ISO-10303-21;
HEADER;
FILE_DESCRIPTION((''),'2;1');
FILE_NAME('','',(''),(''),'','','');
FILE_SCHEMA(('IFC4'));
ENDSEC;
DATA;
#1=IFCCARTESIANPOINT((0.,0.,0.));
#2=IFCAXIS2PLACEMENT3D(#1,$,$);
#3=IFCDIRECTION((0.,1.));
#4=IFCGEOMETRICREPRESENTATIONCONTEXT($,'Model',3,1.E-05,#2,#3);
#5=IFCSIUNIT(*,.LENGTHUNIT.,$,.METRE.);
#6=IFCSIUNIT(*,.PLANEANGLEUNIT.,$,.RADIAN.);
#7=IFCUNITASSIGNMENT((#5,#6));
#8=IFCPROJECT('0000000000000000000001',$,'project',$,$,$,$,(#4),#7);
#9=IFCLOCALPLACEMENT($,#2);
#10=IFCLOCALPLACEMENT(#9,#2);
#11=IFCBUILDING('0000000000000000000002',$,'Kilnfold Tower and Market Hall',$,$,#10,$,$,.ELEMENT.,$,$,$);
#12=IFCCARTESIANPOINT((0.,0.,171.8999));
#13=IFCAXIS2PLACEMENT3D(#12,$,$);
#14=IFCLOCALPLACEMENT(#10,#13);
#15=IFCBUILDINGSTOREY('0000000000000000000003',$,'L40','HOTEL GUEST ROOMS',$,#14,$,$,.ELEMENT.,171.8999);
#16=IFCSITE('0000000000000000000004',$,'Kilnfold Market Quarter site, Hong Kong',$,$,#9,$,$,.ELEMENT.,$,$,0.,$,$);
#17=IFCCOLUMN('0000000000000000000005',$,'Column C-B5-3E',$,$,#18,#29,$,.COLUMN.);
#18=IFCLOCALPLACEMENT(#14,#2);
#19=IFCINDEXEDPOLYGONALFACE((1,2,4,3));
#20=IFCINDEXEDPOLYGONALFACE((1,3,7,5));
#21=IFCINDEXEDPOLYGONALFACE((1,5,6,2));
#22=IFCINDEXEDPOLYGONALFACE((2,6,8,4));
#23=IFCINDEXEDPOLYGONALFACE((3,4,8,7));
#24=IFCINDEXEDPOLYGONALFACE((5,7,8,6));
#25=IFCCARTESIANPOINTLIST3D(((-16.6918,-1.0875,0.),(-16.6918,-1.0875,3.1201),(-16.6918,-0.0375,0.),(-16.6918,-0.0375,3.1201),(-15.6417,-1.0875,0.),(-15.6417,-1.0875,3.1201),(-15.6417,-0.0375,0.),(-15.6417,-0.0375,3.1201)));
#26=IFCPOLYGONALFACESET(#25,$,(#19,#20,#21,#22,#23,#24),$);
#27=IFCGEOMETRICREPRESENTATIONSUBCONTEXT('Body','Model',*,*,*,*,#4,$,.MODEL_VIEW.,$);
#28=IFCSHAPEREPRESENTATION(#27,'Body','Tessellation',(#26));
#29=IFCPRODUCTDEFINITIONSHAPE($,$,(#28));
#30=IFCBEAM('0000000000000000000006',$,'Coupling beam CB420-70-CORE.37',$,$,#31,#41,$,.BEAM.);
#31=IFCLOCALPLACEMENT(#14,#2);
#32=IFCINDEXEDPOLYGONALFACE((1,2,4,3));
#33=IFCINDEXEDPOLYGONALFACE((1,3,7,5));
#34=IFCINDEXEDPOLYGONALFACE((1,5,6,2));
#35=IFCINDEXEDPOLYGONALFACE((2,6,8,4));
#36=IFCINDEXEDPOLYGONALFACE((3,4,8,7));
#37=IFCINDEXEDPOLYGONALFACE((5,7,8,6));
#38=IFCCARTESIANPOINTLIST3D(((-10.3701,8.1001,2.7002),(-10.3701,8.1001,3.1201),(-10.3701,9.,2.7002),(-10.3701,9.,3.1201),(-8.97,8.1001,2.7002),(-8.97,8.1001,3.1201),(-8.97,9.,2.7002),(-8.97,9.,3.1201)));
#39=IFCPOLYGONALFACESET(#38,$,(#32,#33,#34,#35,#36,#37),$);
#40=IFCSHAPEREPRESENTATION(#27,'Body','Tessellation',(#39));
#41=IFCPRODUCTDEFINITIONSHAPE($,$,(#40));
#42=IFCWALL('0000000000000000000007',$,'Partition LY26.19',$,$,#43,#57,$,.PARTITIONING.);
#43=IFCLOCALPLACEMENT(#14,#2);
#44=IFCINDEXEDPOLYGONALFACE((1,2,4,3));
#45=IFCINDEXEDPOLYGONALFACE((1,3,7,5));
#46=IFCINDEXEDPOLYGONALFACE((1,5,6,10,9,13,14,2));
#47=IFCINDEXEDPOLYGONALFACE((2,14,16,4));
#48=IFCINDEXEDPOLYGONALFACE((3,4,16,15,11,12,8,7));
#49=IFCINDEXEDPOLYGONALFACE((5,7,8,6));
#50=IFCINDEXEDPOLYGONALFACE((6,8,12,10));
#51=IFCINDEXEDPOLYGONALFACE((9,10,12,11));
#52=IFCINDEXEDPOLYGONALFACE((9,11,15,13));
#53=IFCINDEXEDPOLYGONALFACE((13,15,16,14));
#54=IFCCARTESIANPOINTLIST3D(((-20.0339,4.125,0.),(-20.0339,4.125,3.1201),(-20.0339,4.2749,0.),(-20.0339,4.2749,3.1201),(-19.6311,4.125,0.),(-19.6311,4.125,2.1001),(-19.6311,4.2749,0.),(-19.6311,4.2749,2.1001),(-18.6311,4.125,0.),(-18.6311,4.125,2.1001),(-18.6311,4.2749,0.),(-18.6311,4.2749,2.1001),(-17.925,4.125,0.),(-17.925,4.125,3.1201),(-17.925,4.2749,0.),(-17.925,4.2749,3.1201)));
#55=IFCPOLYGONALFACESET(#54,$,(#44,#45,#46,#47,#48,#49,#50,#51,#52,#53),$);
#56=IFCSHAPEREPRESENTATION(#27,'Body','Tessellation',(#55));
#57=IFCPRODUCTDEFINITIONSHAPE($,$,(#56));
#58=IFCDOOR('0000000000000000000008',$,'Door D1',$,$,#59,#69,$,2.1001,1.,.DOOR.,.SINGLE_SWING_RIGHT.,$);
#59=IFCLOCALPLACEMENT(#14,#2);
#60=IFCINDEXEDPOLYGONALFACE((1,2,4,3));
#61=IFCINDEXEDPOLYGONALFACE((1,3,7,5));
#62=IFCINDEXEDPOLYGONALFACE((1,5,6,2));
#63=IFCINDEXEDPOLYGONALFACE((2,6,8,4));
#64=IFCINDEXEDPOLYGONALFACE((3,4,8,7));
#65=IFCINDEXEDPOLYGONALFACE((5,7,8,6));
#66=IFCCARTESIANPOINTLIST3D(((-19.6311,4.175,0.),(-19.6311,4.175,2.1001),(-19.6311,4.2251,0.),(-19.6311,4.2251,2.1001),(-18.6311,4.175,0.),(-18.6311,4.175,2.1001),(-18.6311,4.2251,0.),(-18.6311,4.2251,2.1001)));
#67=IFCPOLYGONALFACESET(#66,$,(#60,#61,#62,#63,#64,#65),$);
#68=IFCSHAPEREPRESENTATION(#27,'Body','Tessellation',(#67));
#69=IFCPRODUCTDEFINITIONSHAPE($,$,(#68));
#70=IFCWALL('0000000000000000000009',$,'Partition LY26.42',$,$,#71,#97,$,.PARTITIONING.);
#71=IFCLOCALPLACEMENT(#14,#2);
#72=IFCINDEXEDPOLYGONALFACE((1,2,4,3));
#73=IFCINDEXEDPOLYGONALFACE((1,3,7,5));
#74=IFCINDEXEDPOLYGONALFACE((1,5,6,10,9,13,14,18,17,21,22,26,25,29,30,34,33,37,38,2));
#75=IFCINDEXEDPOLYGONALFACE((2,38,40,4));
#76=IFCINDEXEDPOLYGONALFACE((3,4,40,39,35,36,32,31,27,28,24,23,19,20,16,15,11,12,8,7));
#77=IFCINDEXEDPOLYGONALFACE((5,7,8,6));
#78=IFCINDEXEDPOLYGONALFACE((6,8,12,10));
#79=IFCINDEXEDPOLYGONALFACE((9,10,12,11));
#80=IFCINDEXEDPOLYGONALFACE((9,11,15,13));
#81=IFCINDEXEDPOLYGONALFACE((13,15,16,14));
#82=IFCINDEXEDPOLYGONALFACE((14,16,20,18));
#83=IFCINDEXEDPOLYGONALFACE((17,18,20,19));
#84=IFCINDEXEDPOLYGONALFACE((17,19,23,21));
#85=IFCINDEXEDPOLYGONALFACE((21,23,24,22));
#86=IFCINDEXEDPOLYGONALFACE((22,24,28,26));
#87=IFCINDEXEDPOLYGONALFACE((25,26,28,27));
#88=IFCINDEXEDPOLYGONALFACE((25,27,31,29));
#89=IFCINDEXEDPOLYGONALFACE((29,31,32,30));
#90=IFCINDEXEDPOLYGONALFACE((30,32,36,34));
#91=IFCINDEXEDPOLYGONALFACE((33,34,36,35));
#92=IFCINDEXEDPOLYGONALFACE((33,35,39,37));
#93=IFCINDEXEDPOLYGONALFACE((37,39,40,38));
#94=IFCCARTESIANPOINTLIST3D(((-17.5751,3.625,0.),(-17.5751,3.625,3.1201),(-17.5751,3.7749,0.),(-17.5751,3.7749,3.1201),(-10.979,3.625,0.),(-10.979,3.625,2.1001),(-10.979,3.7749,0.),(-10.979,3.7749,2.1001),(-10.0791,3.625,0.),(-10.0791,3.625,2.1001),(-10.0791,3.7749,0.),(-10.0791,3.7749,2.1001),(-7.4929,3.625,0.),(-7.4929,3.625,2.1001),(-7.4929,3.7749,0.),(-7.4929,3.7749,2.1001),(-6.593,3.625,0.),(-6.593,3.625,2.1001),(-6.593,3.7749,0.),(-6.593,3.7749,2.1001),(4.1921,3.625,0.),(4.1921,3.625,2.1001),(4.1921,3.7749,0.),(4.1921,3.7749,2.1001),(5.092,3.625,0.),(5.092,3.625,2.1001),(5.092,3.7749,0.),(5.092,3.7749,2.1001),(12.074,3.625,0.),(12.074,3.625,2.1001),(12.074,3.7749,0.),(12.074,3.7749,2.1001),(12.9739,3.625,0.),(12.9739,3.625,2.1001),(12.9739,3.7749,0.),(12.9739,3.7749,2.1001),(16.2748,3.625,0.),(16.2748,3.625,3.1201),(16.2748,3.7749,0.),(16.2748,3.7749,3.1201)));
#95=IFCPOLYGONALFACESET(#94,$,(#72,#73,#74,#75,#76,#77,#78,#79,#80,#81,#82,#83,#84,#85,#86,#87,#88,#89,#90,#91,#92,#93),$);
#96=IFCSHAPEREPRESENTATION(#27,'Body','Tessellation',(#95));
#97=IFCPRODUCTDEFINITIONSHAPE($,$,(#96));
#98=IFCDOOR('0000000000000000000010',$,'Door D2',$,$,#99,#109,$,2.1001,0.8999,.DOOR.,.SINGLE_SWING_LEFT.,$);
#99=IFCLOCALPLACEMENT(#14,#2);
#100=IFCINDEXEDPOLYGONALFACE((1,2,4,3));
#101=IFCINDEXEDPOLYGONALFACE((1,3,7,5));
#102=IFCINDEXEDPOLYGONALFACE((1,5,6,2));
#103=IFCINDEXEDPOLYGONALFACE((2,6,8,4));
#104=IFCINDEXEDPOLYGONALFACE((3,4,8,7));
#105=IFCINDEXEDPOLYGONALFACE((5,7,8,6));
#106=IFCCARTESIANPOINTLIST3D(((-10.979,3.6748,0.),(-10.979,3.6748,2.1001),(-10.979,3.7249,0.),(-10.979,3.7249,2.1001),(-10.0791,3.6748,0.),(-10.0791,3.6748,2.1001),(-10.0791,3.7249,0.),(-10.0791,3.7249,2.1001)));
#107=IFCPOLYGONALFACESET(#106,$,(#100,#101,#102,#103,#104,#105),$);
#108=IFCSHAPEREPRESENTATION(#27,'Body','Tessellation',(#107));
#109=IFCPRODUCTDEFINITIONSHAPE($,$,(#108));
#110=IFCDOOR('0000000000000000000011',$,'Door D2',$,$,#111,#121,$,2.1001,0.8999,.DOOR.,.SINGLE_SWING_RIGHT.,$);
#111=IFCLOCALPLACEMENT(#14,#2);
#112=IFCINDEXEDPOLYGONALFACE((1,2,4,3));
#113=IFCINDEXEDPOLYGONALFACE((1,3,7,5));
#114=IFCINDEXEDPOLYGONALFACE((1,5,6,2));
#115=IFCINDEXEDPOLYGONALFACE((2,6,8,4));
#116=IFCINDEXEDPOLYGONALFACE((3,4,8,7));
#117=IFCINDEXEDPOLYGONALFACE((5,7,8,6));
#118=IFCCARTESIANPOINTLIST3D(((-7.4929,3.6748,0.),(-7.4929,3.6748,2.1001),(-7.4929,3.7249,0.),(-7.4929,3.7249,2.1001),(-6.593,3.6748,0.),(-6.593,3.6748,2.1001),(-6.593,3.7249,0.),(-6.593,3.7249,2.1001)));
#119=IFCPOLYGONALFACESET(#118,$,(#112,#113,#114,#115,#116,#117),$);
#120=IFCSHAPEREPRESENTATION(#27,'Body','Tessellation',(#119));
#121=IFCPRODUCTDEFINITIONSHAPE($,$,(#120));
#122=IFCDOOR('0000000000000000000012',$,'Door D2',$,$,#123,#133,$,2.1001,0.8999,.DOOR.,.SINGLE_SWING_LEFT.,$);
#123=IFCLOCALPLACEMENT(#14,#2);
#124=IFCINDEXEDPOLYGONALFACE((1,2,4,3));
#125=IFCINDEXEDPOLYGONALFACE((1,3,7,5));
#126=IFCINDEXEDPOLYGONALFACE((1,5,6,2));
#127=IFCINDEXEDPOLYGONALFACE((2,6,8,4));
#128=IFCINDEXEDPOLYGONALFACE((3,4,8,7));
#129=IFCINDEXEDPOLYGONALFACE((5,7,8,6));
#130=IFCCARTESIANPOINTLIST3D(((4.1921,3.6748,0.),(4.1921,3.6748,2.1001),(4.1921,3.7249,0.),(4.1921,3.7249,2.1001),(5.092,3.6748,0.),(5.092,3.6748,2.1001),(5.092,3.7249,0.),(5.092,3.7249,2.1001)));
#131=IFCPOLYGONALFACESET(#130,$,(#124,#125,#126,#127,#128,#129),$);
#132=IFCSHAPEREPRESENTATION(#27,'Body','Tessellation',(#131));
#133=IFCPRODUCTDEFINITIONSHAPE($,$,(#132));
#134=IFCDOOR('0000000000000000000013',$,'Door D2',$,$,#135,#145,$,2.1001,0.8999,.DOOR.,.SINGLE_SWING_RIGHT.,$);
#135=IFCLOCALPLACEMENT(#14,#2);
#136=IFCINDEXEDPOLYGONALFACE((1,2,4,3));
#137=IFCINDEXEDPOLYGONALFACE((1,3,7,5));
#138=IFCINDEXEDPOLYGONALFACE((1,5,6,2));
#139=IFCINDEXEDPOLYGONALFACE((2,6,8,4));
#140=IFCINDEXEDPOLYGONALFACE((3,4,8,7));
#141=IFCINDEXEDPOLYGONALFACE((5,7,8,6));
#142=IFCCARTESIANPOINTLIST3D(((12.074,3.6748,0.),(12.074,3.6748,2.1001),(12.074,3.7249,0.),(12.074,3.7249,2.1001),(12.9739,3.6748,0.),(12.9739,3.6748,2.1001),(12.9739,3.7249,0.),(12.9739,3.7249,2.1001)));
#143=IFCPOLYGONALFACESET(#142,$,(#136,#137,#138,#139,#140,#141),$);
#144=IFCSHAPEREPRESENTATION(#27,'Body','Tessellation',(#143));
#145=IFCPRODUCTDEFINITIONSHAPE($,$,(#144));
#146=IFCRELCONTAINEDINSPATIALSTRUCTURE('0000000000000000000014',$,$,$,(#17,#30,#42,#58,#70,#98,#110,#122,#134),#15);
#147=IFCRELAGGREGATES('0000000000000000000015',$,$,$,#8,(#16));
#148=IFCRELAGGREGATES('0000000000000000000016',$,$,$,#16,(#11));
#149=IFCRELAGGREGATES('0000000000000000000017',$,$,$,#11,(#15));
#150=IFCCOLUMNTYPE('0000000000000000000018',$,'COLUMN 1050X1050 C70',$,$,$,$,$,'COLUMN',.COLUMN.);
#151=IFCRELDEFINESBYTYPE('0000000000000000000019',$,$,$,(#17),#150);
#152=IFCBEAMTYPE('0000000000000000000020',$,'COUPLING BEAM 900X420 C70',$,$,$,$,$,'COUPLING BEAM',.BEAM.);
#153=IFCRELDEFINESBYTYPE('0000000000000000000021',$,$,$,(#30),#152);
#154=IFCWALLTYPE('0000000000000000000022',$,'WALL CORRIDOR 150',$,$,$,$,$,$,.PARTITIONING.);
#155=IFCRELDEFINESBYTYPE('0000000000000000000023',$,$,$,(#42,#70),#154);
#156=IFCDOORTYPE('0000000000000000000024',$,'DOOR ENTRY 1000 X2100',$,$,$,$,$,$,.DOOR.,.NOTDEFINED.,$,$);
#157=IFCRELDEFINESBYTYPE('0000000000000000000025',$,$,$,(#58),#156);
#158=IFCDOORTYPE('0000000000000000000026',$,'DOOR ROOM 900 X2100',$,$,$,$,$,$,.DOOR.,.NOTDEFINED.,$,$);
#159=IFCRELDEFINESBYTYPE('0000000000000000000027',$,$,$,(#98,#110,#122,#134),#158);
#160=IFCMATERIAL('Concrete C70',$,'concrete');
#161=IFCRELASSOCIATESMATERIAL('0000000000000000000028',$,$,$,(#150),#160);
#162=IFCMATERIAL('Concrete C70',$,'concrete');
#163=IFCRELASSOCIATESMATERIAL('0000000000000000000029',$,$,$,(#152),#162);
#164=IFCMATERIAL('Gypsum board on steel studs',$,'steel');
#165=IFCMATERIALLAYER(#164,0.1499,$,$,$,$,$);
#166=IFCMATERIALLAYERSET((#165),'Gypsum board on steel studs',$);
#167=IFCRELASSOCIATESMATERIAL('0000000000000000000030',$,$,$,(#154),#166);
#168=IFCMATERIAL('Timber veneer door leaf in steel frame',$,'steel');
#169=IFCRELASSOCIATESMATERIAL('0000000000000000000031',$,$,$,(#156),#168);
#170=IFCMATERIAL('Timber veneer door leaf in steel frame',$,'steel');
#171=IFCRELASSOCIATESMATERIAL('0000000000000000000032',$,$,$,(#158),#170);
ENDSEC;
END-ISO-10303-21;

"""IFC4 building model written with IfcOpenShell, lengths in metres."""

from ifc_helpers import new_model, si_unit, direction, frame, frame_2d, origin, origin_2d, place, context, subcontext, project, spatial, rectangle, extrude, source, transform, mapped, material, layer, layer_set, material_profile, profile_set, type_object, element, fill, save


model = new_model("IFC4")

# Units and contexts
model_context = context("Model", 3, precision=1e-05, world=origin(), true_north=direction((0.0, 1.0)))
body_context = subcontext(model_context, "Body", "Model", "MODEL_VIEW")
ifc_project = project(units=[si_unit("LENGTHUNIT", "METRE"), si_unit("PLANEANGLEUNIT", "RADIAN")], contexts=[model_context])

# Site, building, storey
site_placement = place(None, origin())
site = spatial("IfcSite", under=ifc_project, at=site_placement, Name="Kilnfold Market Quarter site, Hong Kong", CompositionType="ELEMENT", RefElevation=0.0)
building_placement = place(site_placement, origin())
building = spatial("IfcBuilding", under=site, at=building_placement, Name="Kilnfold Tower and Market Hall", CompositionType="ELEMENT")
storey_placement = place(building_placement, frame((0.0, 0.0, 171.8999)))
storey = spatial("IfcBuildingStorey", under=building, at=storey_placement, Name="L40", Description="HOTEL GUEST ROOMS", CompositionType="ELEMENT", Elevation=171.8999)

# Column
ifc_material_1 = material(Name="Concrete C70", Category="concrete")
ifc_material_profile_1 = material_profile(ifc_material_1, rectangle(XDim=1.05, YDim=1.05, at=origin_2d()), Name="RC 1050x1050")
ifc_profile_set_1 = profile_set([ifc_material_profile_1], Name="Concrete C70")
column_type = type_object("IfcColumnType", Name="COLUMN 1050X1050 C70", ElementType="COLUMN", PredefinedType="COLUMN", material=ifc_profile_set_1)
shared_shape_1 = source(origin(), body_context, "Body", "SweptSolid", [
    extrude(rectangle(XDim=1.05, YDim=1.05, at=origin_2d()), origin(), (0.0, 0.0, 1.0), 3.1201),
])
column_placement = place(storey_placement, frame((-16.1667, -0.5625, 0.0), z_axis=(0.0, 0.0, 1.0), x_axis=(1.0, 0.0, 0.0)))
element("IfcColumn", 1, at=column_placement, inside=storey, type_object=column_type, Name="Column C-B5-3E", PredefinedType="COLUMN", context=body_context, shape_type="MappedRepresentation", body=[
    mapped(shared_shape_1, transform((0.0, 0.0, 0.0))),
])

# Beam
ifc_material_2 = material(Name="Concrete C70", Category="concrete")
ifc_material_profile_2 = material_profile(ifc_material_2, rectangle(XDim=0.8999, YDim=0.4199, at=origin_2d()), Name="RC 900x420")
ifc_profile_set_2 = profile_set([ifc_material_profile_2], Name="Concrete C70")
beam_type = type_object("IfcBeamType", Name="COUPLING BEAM 900X420 C70", ElementType="COUPLING BEAM", PredefinedType="BEAM", material=ifc_profile_set_2)
shared_shape_2 = source(origin(), body_context, "Body", "SweptSolid", [
    extrude(rectangle(XDim=0.8999, YDim=0.4199, at=origin_2d()), origin(), (0.0, 0.0, 1.0), 1.4001),
])
beam_placement = place(storey_placement, frame((-10.3701, 8.55, 2.9102), z_axis=(1.0, 0.0, 0.0), x_axis=(0.0, 1.0, 0.0)))
element("IfcBeam", 2, at=beam_placement, inside=storey, type_object=beam_type, Name="Coupling beam CB420-70-CORE.37", PredefinedType="BEAM", context=body_context, shape_type="MappedRepresentation", body=[
    mapped(shared_shape_2, transform((0.0, 0.0, 0.0))),
])

# Wall, opening, door
ifc_material_3 = material(Name="Gypsum board on steel studs", Category="steel")
ifc_layer_1 = layer(ifc_material_3, 0.1499)
ifc_layer_set_1 = layer_set([ifc_layer_1], Name="Gypsum board on steel studs")
wall_type_1 = type_object("IfcWallType", Name="WALL CORRIDOR 150", PredefinedType="PARTITIONING", material=ifc_layer_set_1)
wall_1_placement = place(storey_placement, frame((-17.925, 4.2, 0.0), z_axis=(0.0, 0.0, 1.0), x_axis=(-1.0, 0.0, 0.0)))
wall_1 = element("IfcWall", 3, at=wall_1_placement, inside=storey, type_object=wall_type_1, Name="Partition LY26.19", PredefinedType="PARTITIONING", context=body_context, shape_type="SweptSolid", body=[
    extrude(rectangle(XDim=2.1089, YDim=0.1499, at=frame_2d((1.0544, 0.0))), origin(), (0.0, 0.0, 1.0), 3.1201),
])
opening_1_placement = place(wall_1_placement, frame((0.7061, 0.0, 0.0)))
opening_1 = element("IfcOpeningElement", 4, at=opening_1_placement, cuts=wall_1, PredefinedType="OPENING", context=body_context, shape_type="SweptSolid", body=[
    extrude(rectangle(XDim=1.0, YDim=2.1001, at=frame_2d((0.5, 1.05))), frame((0.0, 0.085, 0.0), z_axis=(0.0, -1.0, 0.0), x_axis=(1.0, 0.0, 0.0)), (0.0, 0.0, 1.0), 0.1699),
])
ifc_material_4 = material(Name="Timber veneer door leaf in steel frame", Category="steel")
door_type_1 = type_object("IfcDoorType", Name="DOOR ENTRY 1000 X2100", OperationType="NOTDEFINED", PredefinedType="DOOR", material=ifc_material_4)
door_1_placement = place(opening_1_placement, origin())
door_1 = element("IfcDoor", 5, at=door_1_placement, inside=storey, type_object=door_type_1, Name="Door D1", OperationType="SINGLE_SWING_RIGHT", OverallHeight=2.1001, OverallWidth=1.0, PredefinedType="DOOR", context=body_context, shape_type="SweptSolid", body=[
    extrude(rectangle(XDim=1.0, YDim=2.1001, at=frame_2d((0.5, 1.05))), frame((0.0, 0.0249, 0.0), z_axis=(0.0, -1.0, 0.0), x_axis=(1.0, 0.0, 0.0)), (0.0, 0.0, 1.0), 0.05),
])
fill(opening_1, door_1)

# Wall, openings, doors
wall_2_placement = place(storey_placement, frame((-17.575, 3.7, 0.0), z_axis=(0.0, 0.0, 1.0), x_axis=(1.0, 0.0, 0.0)))
wall_2 = element("IfcWall", 6, at=wall_2_placement, inside=storey, type_object=wall_type_1, Name="Partition LY26.42", PredefinedType="PARTITIONING", context=body_context, shape_type="SweptSolid", body=[
    extrude(rectangle(XDim=33.8499, YDim=0.1499, at=frame_2d((16.9248, 0.0))), origin(), (0.0, 0.0, 1.0), 3.1201),
])
opening_2_placement = place(wall_2_placement, frame((6.5959, 0.0, 0.0)))
opening_2 = element("IfcOpeningElement", 7, at=opening_2_placement, cuts=wall_2, PredefinedType="OPENING", context=body_context, shape_type="SweptSolid", body=[
    extrude(rectangle(XDim=0.8999, YDim=2.1001, at=frame_2d((0.45, 1.05))), frame((0.0, 0.085, 0.0), z_axis=(0.0, -1.0, 0.0), x_axis=(1.0, 0.0, 0.0)), (0.0, 0.0, 1.0), 0.1699),
])
opening_3_placement = place(wall_2_placement, frame((10.082, 0.0, 0.0)))
opening_3 = element("IfcOpeningElement", 8, at=opening_3_placement, cuts=wall_2, PredefinedType="OPENING", context=body_context, shape_type="SweptSolid", body=[
    extrude(rectangle(XDim=0.8999, YDim=2.1001, at=frame_2d((0.45, 1.05))), frame((0.0, 0.085, 0.0), z_axis=(0.0, -1.0, 0.0), x_axis=(1.0, 0.0, 0.0)), (0.0, 0.0, 1.0), 0.1699),
])
opening_4_placement = place(wall_2_placement, frame((21.7671, 0.0, 0.0)))
opening_4 = element("IfcOpeningElement", 9, at=opening_4_placement, cuts=wall_2, PredefinedType="OPENING", context=body_context, shape_type="SweptSolid", body=[
    extrude(rectangle(XDim=0.8999, YDim=2.1001, at=frame_2d((0.45, 1.05))), frame((0.0, 0.085, 0.0), z_axis=(0.0, -1.0, 0.0), x_axis=(1.0, 0.0, 0.0)), (0.0, 0.0, 1.0), 0.1699),
])
opening_5_placement = place(wall_2_placement, frame((29.6489, 0.0, 0.0)))
opening_5 = element("IfcOpeningElement", 10, at=opening_5_placement, cuts=wall_2, PredefinedType="OPENING", context=body_context, shape_type="SweptSolid", body=[
    extrude(rectangle(XDim=0.8999, YDim=2.1001, at=frame_2d((0.45, 1.05))), frame((0.0, 0.085, 0.0), z_axis=(0.0, -1.0, 0.0), x_axis=(1.0, 0.0, 0.0)), (0.0, 0.0, 1.0), 0.1699),
])
ifc_material_5 = material(Name="Timber veneer door leaf in steel frame", Category="steel")
door_type_2 = type_object("IfcDoorType", Name="DOOR ROOM 900 X2100", OperationType="NOTDEFINED", PredefinedType="DOOR", material=ifc_material_5)
door_2_placement = place(opening_2_placement, origin())
door_2 = element("IfcDoor", 11, at=door_2_placement, inside=storey, type_object=door_type_2, Name="Door D2", OperationType="SINGLE_SWING_LEFT", OverallHeight=2.1001, OverallWidth=0.8999, PredefinedType="DOOR", context=body_context, shape_type="SweptSolid", body=[
    extrude(rectangle(XDim=0.8999, YDim=2.1001, at=frame_2d((0.45, 1.05))), frame((0.0, 0.0249, 0.0), z_axis=(0.0, -1.0, 0.0), x_axis=(1.0, 0.0, 0.0)), (0.0, 0.0, 1.0), 0.05),
])
fill(opening_2, door_2)
door_3_placement = place(opening_3_placement, origin())
door_3 = element("IfcDoor", 12, at=door_3_placement, inside=storey, type_object=door_type_2, Name="Door D2", OperationType="SINGLE_SWING_RIGHT", OverallHeight=2.1001, OverallWidth=0.8999, PredefinedType="DOOR", context=body_context, shape_type="SweptSolid", body=[
    extrude(rectangle(XDim=0.8999, YDim=2.1001, at=frame_2d((0.45, 1.05))), frame((0.0, 0.0249, 0.0), z_axis=(0.0, -1.0, 0.0), x_axis=(1.0, 0.0, 0.0)), (0.0, 0.0, 1.0), 0.05),
])
fill(opening_3, door_3)
door_4_placement = place(opening_4_placement, origin())
door_4 = element("IfcDoor", 13, at=door_4_placement, inside=storey, type_object=door_type_2, Name="Door D2", OperationType="SINGLE_SWING_LEFT", OverallHeight=2.1001, OverallWidth=0.8999, PredefinedType="DOOR", context=body_context, shape_type="SweptSolid", body=[
    extrude(rectangle(XDim=0.8999, YDim=2.1001, at=frame_2d((0.45, 1.05))), frame((0.0, 0.0249, 0.0), z_axis=(0.0, -1.0, 0.0), x_axis=(1.0, 0.0, 0.0)), (0.0, 0.0, 1.0), 0.05),
])
fill(opening_4, door_4)
door_5_placement = place(opening_5_placement, origin())
door_5 = element("IfcDoor", 14, at=door_5_placement, inside=storey, type_object=door_type_2, Name="Door D2", OperationType="SINGLE_SWING_RIGHT", OverallHeight=2.1001, OverallWidth=0.8999, PredefinedType="DOOR", context=body_context, shape_type="SweptSolid", body=[
    extrude(rectangle(XDim=0.8999, YDim=2.1001, at=frame_2d((0.45, 1.05))), frame((0.0, 0.0249, 0.0), z_axis=(0.0, -1.0, 0.0), x_axis=(1.0, 0.0, 0.0)), (0.0, 0.0, 1.0), 0.05),
])
fill(opening_5, door_5)

save(model, "model.ifc")
